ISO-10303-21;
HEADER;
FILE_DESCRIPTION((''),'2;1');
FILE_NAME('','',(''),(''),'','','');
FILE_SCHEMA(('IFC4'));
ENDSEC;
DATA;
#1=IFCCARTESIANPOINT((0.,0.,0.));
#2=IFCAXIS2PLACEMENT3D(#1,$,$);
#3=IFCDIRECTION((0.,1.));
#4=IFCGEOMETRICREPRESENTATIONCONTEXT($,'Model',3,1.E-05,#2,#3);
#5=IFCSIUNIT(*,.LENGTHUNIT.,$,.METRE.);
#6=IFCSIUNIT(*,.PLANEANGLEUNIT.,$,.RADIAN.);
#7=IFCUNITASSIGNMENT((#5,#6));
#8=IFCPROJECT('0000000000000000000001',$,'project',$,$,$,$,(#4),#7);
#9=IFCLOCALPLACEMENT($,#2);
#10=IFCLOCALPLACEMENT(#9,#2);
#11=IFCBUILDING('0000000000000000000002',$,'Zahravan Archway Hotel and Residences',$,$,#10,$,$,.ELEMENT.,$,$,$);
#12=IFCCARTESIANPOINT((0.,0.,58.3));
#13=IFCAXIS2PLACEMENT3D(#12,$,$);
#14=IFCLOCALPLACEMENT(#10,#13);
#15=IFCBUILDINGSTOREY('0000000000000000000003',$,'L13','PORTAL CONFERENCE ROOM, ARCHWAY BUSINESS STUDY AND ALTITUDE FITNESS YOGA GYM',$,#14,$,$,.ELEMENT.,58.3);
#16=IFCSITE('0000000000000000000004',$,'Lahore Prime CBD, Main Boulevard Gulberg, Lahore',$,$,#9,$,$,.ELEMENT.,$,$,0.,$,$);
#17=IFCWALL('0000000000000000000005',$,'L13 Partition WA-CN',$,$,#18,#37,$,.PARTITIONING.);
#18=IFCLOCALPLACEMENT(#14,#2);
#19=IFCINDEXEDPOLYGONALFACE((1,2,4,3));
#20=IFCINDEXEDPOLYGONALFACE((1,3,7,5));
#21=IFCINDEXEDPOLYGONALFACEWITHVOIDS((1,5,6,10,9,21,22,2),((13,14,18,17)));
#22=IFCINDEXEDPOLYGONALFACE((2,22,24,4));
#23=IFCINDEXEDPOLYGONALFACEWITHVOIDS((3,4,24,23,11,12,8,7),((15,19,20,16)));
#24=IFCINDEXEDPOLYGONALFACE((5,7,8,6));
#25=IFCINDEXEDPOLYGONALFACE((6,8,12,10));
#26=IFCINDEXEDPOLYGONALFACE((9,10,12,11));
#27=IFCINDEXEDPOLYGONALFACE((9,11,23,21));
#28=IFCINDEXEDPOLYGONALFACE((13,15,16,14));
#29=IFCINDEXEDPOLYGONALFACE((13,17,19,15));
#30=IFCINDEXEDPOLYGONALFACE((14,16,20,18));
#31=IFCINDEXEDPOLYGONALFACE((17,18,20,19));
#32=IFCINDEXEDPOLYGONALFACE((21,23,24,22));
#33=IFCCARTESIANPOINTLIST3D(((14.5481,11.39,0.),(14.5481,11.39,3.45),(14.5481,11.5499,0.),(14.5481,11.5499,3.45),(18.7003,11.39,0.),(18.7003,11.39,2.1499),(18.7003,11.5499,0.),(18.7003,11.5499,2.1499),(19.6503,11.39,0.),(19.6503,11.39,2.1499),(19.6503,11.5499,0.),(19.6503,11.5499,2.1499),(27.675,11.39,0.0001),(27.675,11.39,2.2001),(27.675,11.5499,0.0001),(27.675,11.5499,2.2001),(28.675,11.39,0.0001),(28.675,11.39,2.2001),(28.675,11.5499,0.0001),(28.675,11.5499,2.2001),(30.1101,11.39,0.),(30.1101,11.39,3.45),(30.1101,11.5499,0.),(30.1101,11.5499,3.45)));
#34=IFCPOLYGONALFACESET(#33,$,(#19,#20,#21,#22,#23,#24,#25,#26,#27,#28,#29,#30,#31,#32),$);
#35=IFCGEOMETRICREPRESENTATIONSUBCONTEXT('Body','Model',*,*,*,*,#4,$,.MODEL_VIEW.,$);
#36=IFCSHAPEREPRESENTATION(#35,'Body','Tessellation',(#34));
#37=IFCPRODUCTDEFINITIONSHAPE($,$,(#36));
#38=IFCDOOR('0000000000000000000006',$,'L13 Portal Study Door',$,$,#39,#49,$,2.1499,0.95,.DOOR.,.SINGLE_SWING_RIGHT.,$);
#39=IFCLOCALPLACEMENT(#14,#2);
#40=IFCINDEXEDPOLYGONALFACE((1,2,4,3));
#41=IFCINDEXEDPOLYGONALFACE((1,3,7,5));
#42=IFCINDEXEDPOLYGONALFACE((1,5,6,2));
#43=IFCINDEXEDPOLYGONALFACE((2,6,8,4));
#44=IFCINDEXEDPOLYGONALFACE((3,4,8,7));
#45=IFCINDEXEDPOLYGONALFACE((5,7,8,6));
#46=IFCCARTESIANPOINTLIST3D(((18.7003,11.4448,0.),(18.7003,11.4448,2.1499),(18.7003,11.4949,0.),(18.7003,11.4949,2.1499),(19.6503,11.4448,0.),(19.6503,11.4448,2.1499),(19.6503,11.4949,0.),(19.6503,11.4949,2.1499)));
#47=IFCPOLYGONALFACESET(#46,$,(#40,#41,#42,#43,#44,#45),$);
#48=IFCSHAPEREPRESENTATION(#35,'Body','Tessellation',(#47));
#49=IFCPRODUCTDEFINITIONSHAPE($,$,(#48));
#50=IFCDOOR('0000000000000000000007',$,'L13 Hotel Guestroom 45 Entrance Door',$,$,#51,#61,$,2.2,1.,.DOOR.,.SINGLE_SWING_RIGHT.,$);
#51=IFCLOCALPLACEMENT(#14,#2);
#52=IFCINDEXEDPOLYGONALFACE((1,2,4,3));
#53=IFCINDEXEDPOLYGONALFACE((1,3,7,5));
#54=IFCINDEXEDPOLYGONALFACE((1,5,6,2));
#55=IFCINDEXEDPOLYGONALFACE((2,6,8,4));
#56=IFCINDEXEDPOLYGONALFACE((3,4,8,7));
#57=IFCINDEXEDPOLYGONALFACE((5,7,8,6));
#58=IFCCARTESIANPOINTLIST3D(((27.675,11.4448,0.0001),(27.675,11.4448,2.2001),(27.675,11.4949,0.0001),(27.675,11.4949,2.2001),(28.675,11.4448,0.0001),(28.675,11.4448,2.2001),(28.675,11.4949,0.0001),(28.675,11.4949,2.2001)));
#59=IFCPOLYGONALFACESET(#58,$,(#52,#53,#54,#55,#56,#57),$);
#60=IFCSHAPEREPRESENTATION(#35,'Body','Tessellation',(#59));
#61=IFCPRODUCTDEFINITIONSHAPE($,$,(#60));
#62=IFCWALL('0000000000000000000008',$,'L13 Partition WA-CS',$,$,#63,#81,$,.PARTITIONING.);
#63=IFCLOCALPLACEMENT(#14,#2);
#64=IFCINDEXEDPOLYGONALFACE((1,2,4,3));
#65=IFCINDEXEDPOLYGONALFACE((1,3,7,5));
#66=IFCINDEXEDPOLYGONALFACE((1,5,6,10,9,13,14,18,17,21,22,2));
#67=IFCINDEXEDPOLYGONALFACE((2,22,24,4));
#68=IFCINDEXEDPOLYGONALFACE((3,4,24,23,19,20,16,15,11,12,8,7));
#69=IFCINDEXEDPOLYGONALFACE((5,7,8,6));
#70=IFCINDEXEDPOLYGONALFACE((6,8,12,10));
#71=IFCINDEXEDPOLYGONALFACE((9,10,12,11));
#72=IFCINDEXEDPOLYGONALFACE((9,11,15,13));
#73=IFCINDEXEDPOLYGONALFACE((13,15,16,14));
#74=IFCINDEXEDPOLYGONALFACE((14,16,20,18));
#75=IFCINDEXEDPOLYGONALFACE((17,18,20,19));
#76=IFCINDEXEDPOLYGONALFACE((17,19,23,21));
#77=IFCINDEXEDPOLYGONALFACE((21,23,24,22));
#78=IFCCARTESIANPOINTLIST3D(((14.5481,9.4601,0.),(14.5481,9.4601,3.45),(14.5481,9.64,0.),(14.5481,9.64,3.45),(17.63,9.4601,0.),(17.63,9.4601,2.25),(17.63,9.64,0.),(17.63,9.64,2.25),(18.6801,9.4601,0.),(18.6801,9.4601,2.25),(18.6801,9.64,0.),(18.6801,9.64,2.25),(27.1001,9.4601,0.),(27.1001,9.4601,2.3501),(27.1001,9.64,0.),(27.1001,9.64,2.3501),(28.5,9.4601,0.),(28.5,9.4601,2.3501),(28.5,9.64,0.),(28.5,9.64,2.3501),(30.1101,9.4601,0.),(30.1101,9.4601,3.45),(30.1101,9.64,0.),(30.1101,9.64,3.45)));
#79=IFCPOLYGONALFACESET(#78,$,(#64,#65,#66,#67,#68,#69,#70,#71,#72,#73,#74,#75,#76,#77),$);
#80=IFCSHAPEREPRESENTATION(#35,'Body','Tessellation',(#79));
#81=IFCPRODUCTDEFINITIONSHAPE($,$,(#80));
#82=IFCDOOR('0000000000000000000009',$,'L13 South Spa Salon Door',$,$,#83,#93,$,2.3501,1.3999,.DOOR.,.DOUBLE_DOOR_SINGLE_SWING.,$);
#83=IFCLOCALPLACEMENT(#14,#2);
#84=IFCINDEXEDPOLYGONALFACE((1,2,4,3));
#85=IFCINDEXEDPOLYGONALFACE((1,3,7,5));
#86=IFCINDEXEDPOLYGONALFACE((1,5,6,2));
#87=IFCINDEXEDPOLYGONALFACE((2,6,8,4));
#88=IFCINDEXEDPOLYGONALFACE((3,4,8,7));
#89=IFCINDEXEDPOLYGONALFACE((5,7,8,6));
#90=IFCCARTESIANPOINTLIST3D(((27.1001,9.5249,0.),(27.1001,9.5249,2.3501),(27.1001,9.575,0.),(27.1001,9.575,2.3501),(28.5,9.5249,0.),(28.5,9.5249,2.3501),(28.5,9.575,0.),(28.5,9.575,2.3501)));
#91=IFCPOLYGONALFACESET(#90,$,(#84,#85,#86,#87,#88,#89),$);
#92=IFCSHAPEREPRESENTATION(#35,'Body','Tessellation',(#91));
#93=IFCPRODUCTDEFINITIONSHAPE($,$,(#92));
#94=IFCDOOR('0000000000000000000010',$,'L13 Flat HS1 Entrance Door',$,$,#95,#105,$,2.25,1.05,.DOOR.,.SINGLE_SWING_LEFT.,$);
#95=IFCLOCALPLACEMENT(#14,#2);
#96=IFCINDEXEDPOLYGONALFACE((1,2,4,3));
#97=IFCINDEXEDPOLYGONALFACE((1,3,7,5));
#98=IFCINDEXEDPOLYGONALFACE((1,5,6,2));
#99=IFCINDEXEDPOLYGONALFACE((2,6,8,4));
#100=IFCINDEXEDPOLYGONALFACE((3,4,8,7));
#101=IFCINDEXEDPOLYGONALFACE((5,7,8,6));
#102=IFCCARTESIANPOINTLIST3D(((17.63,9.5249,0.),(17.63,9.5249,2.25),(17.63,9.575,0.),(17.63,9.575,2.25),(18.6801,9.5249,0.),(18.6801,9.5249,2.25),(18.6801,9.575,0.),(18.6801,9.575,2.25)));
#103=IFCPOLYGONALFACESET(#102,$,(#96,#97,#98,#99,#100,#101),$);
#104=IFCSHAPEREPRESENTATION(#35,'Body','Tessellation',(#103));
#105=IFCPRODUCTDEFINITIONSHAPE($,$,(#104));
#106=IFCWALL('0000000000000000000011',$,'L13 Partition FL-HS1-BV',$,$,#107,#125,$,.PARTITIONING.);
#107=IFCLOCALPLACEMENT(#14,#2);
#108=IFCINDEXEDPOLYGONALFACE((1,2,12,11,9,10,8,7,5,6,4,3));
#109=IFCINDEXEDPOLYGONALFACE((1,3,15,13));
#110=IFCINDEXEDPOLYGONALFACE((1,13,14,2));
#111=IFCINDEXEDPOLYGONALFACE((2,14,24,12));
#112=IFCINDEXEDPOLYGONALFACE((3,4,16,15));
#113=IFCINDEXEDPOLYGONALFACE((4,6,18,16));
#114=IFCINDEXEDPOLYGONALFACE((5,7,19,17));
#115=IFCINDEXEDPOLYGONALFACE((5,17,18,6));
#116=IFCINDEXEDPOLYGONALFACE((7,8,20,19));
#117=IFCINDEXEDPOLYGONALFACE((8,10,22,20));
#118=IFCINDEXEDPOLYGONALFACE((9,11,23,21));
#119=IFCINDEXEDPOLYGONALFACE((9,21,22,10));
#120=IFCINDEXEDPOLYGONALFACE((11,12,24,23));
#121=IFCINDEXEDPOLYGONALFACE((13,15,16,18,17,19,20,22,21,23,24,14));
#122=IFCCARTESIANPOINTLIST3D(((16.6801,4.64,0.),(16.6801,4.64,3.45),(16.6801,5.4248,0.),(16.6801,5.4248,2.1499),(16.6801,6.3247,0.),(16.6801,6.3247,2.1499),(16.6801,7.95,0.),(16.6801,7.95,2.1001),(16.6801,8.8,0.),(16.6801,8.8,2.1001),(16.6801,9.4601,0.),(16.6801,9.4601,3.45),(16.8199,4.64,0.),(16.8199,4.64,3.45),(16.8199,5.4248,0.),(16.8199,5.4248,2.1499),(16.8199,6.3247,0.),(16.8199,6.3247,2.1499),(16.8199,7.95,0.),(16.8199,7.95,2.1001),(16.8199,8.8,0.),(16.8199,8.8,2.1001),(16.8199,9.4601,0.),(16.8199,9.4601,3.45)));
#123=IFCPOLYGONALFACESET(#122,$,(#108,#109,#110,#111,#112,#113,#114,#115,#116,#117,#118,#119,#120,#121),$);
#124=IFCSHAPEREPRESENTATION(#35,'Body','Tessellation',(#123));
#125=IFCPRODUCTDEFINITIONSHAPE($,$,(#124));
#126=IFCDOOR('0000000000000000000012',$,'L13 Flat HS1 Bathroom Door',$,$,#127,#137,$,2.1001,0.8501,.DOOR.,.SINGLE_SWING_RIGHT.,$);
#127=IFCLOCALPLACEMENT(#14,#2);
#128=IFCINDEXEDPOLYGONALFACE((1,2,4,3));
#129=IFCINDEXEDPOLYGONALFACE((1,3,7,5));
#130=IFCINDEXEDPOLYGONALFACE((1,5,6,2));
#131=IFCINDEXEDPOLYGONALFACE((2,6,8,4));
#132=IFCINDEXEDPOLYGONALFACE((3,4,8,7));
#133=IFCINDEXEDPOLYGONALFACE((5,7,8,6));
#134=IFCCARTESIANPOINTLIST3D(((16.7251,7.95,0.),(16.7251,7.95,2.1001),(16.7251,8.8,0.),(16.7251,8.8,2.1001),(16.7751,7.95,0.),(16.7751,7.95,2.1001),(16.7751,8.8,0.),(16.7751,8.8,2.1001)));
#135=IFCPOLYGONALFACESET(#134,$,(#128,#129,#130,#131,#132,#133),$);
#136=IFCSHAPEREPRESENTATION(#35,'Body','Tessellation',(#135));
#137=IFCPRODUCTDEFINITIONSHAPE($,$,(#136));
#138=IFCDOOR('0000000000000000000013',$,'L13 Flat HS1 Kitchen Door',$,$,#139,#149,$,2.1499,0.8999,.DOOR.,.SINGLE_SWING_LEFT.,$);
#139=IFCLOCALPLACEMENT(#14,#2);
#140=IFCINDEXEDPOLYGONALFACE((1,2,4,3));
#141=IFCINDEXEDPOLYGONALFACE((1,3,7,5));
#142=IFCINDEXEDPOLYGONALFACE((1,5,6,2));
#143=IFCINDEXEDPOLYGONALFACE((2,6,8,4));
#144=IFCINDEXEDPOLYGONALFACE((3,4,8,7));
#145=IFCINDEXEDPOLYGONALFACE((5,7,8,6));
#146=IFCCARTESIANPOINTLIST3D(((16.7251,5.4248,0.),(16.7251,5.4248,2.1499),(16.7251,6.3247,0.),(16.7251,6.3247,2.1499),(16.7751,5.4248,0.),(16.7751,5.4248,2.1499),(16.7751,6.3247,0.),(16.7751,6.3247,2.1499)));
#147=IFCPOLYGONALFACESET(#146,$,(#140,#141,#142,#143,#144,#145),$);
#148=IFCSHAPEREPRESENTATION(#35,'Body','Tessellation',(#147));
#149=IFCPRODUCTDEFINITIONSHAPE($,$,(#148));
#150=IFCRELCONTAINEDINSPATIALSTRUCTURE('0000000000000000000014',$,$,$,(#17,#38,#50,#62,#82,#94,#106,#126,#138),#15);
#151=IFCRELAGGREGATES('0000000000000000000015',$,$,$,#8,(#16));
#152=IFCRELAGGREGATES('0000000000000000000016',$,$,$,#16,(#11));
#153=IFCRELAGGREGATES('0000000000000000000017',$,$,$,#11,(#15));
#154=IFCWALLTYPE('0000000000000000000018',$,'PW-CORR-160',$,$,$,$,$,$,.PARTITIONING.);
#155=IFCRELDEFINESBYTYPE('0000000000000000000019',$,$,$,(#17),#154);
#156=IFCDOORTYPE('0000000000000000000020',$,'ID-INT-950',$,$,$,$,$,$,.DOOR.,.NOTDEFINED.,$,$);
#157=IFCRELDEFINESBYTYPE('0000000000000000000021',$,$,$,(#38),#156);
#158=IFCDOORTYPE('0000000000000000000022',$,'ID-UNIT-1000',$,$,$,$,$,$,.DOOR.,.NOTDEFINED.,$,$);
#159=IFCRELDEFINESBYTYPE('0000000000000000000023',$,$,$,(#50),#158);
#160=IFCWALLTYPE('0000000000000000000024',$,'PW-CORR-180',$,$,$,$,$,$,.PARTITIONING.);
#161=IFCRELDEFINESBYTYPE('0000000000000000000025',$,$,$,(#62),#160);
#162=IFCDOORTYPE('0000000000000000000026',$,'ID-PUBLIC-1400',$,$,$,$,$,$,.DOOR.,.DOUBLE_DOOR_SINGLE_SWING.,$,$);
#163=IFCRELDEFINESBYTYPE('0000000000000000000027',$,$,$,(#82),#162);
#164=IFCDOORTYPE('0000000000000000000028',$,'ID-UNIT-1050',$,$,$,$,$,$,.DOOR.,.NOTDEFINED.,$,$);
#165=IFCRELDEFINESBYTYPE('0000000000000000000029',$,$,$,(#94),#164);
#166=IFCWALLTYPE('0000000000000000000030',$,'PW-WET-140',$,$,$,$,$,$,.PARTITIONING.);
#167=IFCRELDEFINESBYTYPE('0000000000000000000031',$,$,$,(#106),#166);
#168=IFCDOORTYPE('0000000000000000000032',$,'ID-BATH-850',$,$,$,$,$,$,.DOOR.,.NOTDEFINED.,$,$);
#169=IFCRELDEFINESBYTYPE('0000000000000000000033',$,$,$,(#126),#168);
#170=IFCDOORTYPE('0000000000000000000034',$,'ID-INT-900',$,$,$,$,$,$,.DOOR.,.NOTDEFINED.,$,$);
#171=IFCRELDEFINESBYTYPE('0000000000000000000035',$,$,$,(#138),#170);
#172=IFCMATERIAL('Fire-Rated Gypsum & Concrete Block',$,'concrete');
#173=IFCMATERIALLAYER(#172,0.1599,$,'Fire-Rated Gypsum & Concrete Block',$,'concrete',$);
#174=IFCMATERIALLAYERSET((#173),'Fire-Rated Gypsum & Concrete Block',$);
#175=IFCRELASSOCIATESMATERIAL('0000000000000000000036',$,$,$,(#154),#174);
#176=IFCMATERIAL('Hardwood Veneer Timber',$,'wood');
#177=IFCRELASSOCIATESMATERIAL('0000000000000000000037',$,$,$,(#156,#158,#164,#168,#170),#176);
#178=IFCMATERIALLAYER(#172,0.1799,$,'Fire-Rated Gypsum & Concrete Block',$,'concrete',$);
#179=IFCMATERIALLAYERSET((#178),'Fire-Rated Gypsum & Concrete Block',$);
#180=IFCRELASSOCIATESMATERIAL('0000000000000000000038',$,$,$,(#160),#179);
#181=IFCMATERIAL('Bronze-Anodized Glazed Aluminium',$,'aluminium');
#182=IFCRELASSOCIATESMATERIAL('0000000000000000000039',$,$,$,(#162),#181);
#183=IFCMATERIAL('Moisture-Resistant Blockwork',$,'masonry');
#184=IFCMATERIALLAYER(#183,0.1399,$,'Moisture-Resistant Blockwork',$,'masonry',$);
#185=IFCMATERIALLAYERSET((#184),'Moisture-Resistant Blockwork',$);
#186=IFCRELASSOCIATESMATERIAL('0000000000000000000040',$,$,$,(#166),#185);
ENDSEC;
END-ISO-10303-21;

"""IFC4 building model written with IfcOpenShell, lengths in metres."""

from ifc_helpers import new_model, si_unit, direction, frame, frame_2d, origin, place, context, subcontext, project, spatial, rectangle, extrude, source, transform, mapped, material, layer, layer_set, type_object, type_shapes, element, fill, save


model = new_model("IFC4")

# Units and contexts
model_context = context("Model", 3, precision=1e-05, world=origin(), true_north=direction((0.0, 1.0)))
body_context = subcontext(model_context, "Body", "Model", "MODEL_VIEW")
ifc_project = project(units=[si_unit("LENGTHUNIT", "METRE"), si_unit("PLANEANGLEUNIT", "RADIAN")], contexts=[model_context])

# Site, building, storey
site_placement = place(None, origin())
site = spatial("IfcSite", under=ifc_project, at=site_placement, Name="Lahore Prime CBD, Main Boulevard Gulberg, Lahore", CompositionType="ELEMENT", RefElevation=0.0)
building_placement = place(site_placement, origin())
building = spatial("IfcBuilding", under=site, at=building_placement, Name="Zahravan Archway Hotel and Residences", CompositionType="ELEMENT")
storey_placement = place(building_placement, frame((0.0, 0.0, 58.3)))
storey = spatial("IfcBuildingStorey", under=building, at=storey_placement, Name="L13", Description="PORTAL CONFERENCE ROOM, ARCHWAY BUSINESS STUDY AND ALTITUDE FITNESS YOGA GYM", CompositionType="ELEMENT", Elevation=58.3)

# Walls, openings, doors
ifc_material_1 = material(Name="Fire-Rated Gypsum & Concrete Block", Category="concrete")
ifc_layer_1 = layer(ifc_material_1, 0.1599, Name="Fire-Rated Gypsum & Concrete Block", Category="concrete")
ifc_layer_set_1 = layer_set([ifc_layer_1], Name="Fire-Rated Gypsum & Concrete Block")
wall_type_1 = type_object("IfcWallType", Name="PW-CORR-160", PredefinedType="PARTITIONING", material=ifc_layer_set_1)
wall_1_placement = place(storey_placement, frame((14.5481, 11.47, 0.0), z_axis=(0.0, 0.0, 1.0), x_axis=(1.0, 0.0, 0.0)))
wall_1 = element("IfcWall", 1, at=wall_1_placement, inside=storey, type_object=wall_type_1, Name="L13 Partition WA-CN", PredefinedType="PARTITIONING", context=body_context, shape_type="SweptSolid", body=[
    extrude(rectangle(XDim=15.562, YDim=0.1599, at=frame_2d((7.781, 0.0))), origin(), (0.0, 0.0, 1.0), 3.45),
])
opening_1_placement = place(wall_1_placement, frame((4.1521, 0.0, 0.0)))
opening_1 = element("IfcOpeningElement", 2, at=opening_1_placement, cuts=wall_1, PredefinedType="OPENING", context=body_context, shape_type="SweptSolid", body=[
    extrude(rectangle(XDim=0.95, YDim=2.1499, at=frame_2d((0.4751, 1.075))), frame((0.0, 0.0898, 0.0), z_axis=(0.0, -1.0, 0.0), x_axis=(1.0, 0.0, 0.0)), (0.0, 0.0, 1.0), 0.1799),
])
opening_2_placement = place(wall_1_placement, frame((13.127, 0.0, 0.0)))
opening_2 = element("IfcOpeningElement", 3, at=opening_2_placement, cuts=wall_1, PredefinedType="OPENING", context=body_context, shape_type="SweptSolid", body=[
    extrude(rectangle(XDim=1.0, YDim=2.2, at=frame_2d((0.5, 1.1001))), frame((0.0, 0.0898, 0.0), z_axis=(0.0, -1.0, 0.0), x_axis=(1.0, 0.0, 0.0)), (0.0, 0.0, 1.0), 0.1799),
])
ifc_material_2 = material(Name="Hardwood Veneer Timber", Category="wood")
door_type_1 = type_object("IfcDoorType", Name="ID-INT-950", OperationType="NOTDEFINED", PredefinedType="DOOR", material=ifc_material_2)
shared_shape_1 = source(origin(), body_context, "Body", "SweptSolid", [
    extrude(rectangle(XDim=0.95, YDim=2.1499, at=frame_2d((0.4751, 1.075))), frame((0.0, 0.0249, 0.0), z_axis=(0.0, -1.0, 0.0), x_axis=(1.0, 0.0, 0.0)), (0.0, 0.0, 1.0), 0.05),
])
type_shapes(door_type_1, [shared_shape_1])
door_1_placement = place(opening_1_placement, origin())
door_1 = element("IfcDoor", 4, at=door_1_placement, inside=storey, type_object=door_type_1, Name="L13 Portal Study Door", OperationType="SINGLE_SWING_RIGHT", OverallHeight=2.1499, OverallWidth=0.95, PredefinedType="DOOR", context=body_context, shape_type="MappedRepresentation", body=[
    mapped(shared_shape_1, transform((0.0, 0.0, 0.0), scale=1.0)),
])
fill(opening_1, door_1)
door_type_2 = type_object("IfcDoorType", Name="ID-UNIT-1000", OperationType="NOTDEFINED", PredefinedType="DOOR", material=ifc_material_2)
shared_shape_2 = source(origin(), body_context, "Body", "SweptSolid", [
    extrude(rectangle(XDim=1.0, YDim=2.2, at=frame_2d((0.5, 1.1001))), frame((0.0, 0.0249, 0.0), z_axis=(0.0, -1.0, 0.0), x_axis=(1.0, 0.0, 0.0)), (0.0, 0.0, 1.0), 0.05),
])
type_shapes(door_type_2, [shared_shape_2])
door_2_placement = place(opening_2_placement, origin())
door_2 = element("IfcDoor", 5, at=door_2_placement, inside=storey, type_object=door_type_2, Name="L13 Hotel Guestroom 45 Entrance Door", OperationType="SINGLE_SWING_RIGHT", OverallHeight=2.2, OverallWidth=1.0, PredefinedType="DOOR", context=body_context, shape_type="MappedRepresentation", body=[
    mapped(shared_shape_2, transform((0.0, 0.0, 0.0), scale=1.0)),
])
fill(opening_2, door_2)
ifc_layer_2 = layer(ifc_material_1, 0.1799, Name="Fire-Rated Gypsum & Concrete Block", Category="concrete")
ifc_layer_set_2 = layer_set([ifc_layer_2], Name="Fire-Rated Gypsum & Concrete Block")
wall_type_2 = type_object("IfcWallType", Name="PW-CORR-180", PredefinedType="PARTITIONING", material=ifc_layer_set_2)
wall_2_placement = place(storey_placement, frame((14.5481, 9.55, 0.0), z_axis=(0.0, 0.0, 1.0), x_axis=(1.0, 0.0, 0.0)))
wall_2 = element("IfcWall", 6, at=wall_2_placement, inside=storey, type_object=wall_type_2, Name="L13 Partition WA-CS", PredefinedType="PARTITIONING", context=body_context, shape_type="SweptSolid", body=[
    extrude(rectangle(XDim=15.562, YDim=0.1799, at=frame_2d((7.781, 0.0))), origin(), (0.0, 0.0, 1.0), 3.45),
])
opening_3_placement = place(wall_2_placement, frame((3.082, 0.0, 0.0)))
opening_3 = element("IfcOpeningElement", 7, at=opening_3_placement, cuts=wall_2, PredefinedType="OPENING", context=body_context, shape_type="SweptSolid", body=[
    extrude(rectangle(XDim=1.05, YDim=2.25, at=frame_2d((0.5249, 1.125))), frame((0.0, 0.1001, 0.0), z_axis=(0.0, -1.0, 0.0), x_axis=(1.0, 0.0, 0.0)), (0.0, 0.0, 1.0), 0.2),
])
opening_4_placement = place(wall_2_placement, frame((12.552, 0.0, 0.0)))
opening_4 = element("IfcOpeningElement", 8, at=opening_4_placement, cuts=wall_2, PredefinedType="OPENING", context=body_context, shape_type="SweptSolid", body=[
    extrude(rectangle(XDim=1.3999, YDim=2.3501, at=frame_2d((0.7, 1.175))), frame((0.0, 0.1001, 0.0), z_axis=(0.0, -1.0, 0.0), x_axis=(1.0, 0.0, 0.0)), (0.0, 0.0, 1.0), 0.2),
])
ifc_material_3 = material(Name="Bronze-Anodized Glazed Aluminium", Category="aluminium")
door_type_3 = type_object("IfcDoorType", Name="ID-PUBLIC-1400", OperationType="DOUBLE_DOOR_SINGLE_SWING", PredefinedType="DOOR", material=ifc_material_3)
shared_shape_3 = source(origin(), body_context, "Body", "SweptSolid", [
    extrude(rectangle(XDim=1.3999, YDim=2.3501, at=frame_2d((0.7, 1.175))), frame((0.0, 0.0249, 0.0), z_axis=(0.0, -1.0, 0.0), x_axis=(1.0, 0.0, 0.0)), (0.0, 0.0, 1.0), 0.05),
])
type_shapes(door_type_3, [shared_shape_3])
door_3_placement = place(opening_4_placement, origin())
door_3 = element("IfcDoor", 9, at=door_3_placement, inside=storey, type_object=door_type_3, Name="L13 South Spa Salon Door", OperationType="DOUBLE_DOOR_SINGLE_SWING", OverallHeight=2.3501, OverallWidth=1.3999, PredefinedType="DOOR", context=body_context, shape_type="MappedRepresentation", body=[
    mapped(shared_shape_3, transform((0.0, 0.0, 0.0), scale=1.0)),
])
fill(opening_4, door_3)
door_type_4 = type_object("IfcDoorType", Name="ID-UNIT-1050", OperationType="NOTDEFINED", PredefinedType="DOOR", material=ifc_material_2)
shared_shape_4 = source(origin(), body_context, "Body", "SweptSolid", [
    extrude(rectangle(XDim=1.05, YDim=2.25, at=frame_2d((0.5249, 1.125))), frame((0.0, 0.0249, 0.0), z_axis=(0.0, -1.0, 0.0), x_axis=(1.0, 0.0, 0.0)), (0.0, 0.0, 1.0), 0.05),
])
type_shapes(door_type_4, [shared_shape_4])
door_4_placement = place(opening_3_placement, origin())
door_4 = element("IfcDoor", 10, at=door_4_placement, inside=storey, type_object=door_type_4, Name="L13 Flat HS1 Entrance Door", OperationType="SINGLE_SWING_LEFT", OverallHeight=2.25, OverallWidth=1.05, PredefinedType="DOOR", context=body_context, shape_type="MappedRepresentation", body=[
    mapped(shared_shape_4, transform((0.0, 0.0, 0.0), scale=1.0)),
])
fill(opening_3, door_4)
ifc_material_4 = material(Name="Moisture-Resistant Blockwork", Category="masonry")
ifc_layer_3 = layer(ifc_material_4, 0.1399, Name="Moisture-Resistant Blockwork", Category="masonry")
ifc_layer_set_3 = layer_set([ifc_layer_3], Name="Moisture-Resistant Blockwork")
wall_type_3 = type_object("IfcWallType", Name="PW-WET-140", PredefinedType="PARTITIONING", material=ifc_layer_set_3)
wall_3_placement = place(storey_placement, frame((16.75, 4.6399, 0.0), z_axis=(0.0, 0.0, 1.0), x_axis=(0.0, 1.0, 0.0)))
wall_3 = element("IfcWall", 11, at=wall_3_placement, inside=storey, type_object=wall_type_3, Name="L13 Partition FL-HS1-BV", PredefinedType="PARTITIONING", context=body_context, shape_type="SweptSolid", body=[
    extrude(rectangle(XDim=4.8201, YDim=0.1399, at=frame_2d((2.4102, 0.0))), origin(), (0.0, 0.0, 1.0), 3.45),
])
opening_5_placement = place(wall_3_placement, frame((0.7849, 0.0, 0.0)))
opening_5 = element("IfcOpeningElement", 12, at=opening_5_placement, cuts=wall_3, PredefinedType="OPENING", context=body_context, shape_type="SweptSolid", body=[
    extrude(rectangle(XDim=0.8999, YDim=2.1499, at=frame_2d((0.45, 1.075))), frame((0.0, 0.0801, 0.0), z_axis=(0.0, -1.0, 0.0), x_axis=(1.0, 0.0, 0.0)), (0.0, 0.0, 1.0), 0.1599),
])
opening_6_placement = place(wall_3_placement, frame((3.3101, 0.0, 0.0)))
opening_6 = element("IfcOpeningElement", 13, at=opening_6_placement, cuts=wall_3, PredefinedType="OPENING", context=body_context, shape_type="SweptSolid", body=[
    extrude(rectangle(XDim=0.8501, YDim=2.1001, at=frame_2d((0.425, 1.05))), frame((0.0, 0.0801, 0.0), z_axis=(0.0, -1.0, 0.0), x_axis=(1.0, 0.0, 0.0)), (0.0, 0.0, 1.0), 0.1599),
])
door_type_5 = type_object("IfcDoorType", Name="ID-BATH-850", OperationType="NOTDEFINED", PredefinedType="DOOR", material=ifc_material_2)
shared_shape_5 = source(origin(), body_context, "Body", "SweptSolid", [
    extrude(rectangle(XDim=0.8501, YDim=2.1001, at=frame_2d((0.425, 1.05))), frame((0.0, 0.0249, 0.0), z_axis=(0.0, -1.0, 0.0), x_axis=(1.0, 0.0, 0.0)), (0.0, 0.0, 1.0), 0.05),
])
type_shapes(door_type_5, [shared_shape_5])
door_5_placement = place(opening_6_placement, origin())
door_5 = element("IfcDoor", 14, at=door_5_placement, inside=storey, type_object=door_type_5, Name="L13 Flat HS1 Bathroom Door", OperationType="SINGLE_SWING_RIGHT", OverallHeight=2.1001, OverallWidth=0.8501, PredefinedType="DOOR", context=body_context, shape_type="MappedRepresentation", body=[
    mapped(shared_shape_5, transform((0.0, 0.0, 0.0), scale=1.0)),
])
fill(opening_6, door_5)
door_type_6 = type_object("IfcDoorType", Name="ID-INT-900", OperationType="NOTDEFINED", PredefinedType="DOOR", material=ifc_material_2)
shared_shape_6 = source(origin(), body_context, "Body", "SweptSolid", [
    extrude(rectangle(XDim=0.8999, YDim=2.1499, at=frame_2d((0.45, 1.075))), frame((0.0, 0.0249, 0.0), z_axis=(0.0, -1.0, 0.0), x_axis=(1.0, 0.0, 0.0)), (0.0, 0.0, 1.0), 0.05),
])
type_shapes(door_type_6, [shared_shape_6])
door_6_placement = place(opening_5_placement, origin())
door_6 = element("IfcDoor", 15, at=door_6_placement, inside=storey, type_object=door_type_6, Name="L13 Flat HS1 Kitchen Door", OperationType="SINGLE_SWING_LEFT", OverallHeight=2.1499, OverallWidth=0.8999, PredefinedType="DOOR", context=body_context, shape_type="MappedRepresentation", body=[
    mapped(shared_shape_6, transform((0.0, 0.0, 0.0), scale=1.0)),
])
fill(opening_5, door_6)

save(model, "model.ifc")
